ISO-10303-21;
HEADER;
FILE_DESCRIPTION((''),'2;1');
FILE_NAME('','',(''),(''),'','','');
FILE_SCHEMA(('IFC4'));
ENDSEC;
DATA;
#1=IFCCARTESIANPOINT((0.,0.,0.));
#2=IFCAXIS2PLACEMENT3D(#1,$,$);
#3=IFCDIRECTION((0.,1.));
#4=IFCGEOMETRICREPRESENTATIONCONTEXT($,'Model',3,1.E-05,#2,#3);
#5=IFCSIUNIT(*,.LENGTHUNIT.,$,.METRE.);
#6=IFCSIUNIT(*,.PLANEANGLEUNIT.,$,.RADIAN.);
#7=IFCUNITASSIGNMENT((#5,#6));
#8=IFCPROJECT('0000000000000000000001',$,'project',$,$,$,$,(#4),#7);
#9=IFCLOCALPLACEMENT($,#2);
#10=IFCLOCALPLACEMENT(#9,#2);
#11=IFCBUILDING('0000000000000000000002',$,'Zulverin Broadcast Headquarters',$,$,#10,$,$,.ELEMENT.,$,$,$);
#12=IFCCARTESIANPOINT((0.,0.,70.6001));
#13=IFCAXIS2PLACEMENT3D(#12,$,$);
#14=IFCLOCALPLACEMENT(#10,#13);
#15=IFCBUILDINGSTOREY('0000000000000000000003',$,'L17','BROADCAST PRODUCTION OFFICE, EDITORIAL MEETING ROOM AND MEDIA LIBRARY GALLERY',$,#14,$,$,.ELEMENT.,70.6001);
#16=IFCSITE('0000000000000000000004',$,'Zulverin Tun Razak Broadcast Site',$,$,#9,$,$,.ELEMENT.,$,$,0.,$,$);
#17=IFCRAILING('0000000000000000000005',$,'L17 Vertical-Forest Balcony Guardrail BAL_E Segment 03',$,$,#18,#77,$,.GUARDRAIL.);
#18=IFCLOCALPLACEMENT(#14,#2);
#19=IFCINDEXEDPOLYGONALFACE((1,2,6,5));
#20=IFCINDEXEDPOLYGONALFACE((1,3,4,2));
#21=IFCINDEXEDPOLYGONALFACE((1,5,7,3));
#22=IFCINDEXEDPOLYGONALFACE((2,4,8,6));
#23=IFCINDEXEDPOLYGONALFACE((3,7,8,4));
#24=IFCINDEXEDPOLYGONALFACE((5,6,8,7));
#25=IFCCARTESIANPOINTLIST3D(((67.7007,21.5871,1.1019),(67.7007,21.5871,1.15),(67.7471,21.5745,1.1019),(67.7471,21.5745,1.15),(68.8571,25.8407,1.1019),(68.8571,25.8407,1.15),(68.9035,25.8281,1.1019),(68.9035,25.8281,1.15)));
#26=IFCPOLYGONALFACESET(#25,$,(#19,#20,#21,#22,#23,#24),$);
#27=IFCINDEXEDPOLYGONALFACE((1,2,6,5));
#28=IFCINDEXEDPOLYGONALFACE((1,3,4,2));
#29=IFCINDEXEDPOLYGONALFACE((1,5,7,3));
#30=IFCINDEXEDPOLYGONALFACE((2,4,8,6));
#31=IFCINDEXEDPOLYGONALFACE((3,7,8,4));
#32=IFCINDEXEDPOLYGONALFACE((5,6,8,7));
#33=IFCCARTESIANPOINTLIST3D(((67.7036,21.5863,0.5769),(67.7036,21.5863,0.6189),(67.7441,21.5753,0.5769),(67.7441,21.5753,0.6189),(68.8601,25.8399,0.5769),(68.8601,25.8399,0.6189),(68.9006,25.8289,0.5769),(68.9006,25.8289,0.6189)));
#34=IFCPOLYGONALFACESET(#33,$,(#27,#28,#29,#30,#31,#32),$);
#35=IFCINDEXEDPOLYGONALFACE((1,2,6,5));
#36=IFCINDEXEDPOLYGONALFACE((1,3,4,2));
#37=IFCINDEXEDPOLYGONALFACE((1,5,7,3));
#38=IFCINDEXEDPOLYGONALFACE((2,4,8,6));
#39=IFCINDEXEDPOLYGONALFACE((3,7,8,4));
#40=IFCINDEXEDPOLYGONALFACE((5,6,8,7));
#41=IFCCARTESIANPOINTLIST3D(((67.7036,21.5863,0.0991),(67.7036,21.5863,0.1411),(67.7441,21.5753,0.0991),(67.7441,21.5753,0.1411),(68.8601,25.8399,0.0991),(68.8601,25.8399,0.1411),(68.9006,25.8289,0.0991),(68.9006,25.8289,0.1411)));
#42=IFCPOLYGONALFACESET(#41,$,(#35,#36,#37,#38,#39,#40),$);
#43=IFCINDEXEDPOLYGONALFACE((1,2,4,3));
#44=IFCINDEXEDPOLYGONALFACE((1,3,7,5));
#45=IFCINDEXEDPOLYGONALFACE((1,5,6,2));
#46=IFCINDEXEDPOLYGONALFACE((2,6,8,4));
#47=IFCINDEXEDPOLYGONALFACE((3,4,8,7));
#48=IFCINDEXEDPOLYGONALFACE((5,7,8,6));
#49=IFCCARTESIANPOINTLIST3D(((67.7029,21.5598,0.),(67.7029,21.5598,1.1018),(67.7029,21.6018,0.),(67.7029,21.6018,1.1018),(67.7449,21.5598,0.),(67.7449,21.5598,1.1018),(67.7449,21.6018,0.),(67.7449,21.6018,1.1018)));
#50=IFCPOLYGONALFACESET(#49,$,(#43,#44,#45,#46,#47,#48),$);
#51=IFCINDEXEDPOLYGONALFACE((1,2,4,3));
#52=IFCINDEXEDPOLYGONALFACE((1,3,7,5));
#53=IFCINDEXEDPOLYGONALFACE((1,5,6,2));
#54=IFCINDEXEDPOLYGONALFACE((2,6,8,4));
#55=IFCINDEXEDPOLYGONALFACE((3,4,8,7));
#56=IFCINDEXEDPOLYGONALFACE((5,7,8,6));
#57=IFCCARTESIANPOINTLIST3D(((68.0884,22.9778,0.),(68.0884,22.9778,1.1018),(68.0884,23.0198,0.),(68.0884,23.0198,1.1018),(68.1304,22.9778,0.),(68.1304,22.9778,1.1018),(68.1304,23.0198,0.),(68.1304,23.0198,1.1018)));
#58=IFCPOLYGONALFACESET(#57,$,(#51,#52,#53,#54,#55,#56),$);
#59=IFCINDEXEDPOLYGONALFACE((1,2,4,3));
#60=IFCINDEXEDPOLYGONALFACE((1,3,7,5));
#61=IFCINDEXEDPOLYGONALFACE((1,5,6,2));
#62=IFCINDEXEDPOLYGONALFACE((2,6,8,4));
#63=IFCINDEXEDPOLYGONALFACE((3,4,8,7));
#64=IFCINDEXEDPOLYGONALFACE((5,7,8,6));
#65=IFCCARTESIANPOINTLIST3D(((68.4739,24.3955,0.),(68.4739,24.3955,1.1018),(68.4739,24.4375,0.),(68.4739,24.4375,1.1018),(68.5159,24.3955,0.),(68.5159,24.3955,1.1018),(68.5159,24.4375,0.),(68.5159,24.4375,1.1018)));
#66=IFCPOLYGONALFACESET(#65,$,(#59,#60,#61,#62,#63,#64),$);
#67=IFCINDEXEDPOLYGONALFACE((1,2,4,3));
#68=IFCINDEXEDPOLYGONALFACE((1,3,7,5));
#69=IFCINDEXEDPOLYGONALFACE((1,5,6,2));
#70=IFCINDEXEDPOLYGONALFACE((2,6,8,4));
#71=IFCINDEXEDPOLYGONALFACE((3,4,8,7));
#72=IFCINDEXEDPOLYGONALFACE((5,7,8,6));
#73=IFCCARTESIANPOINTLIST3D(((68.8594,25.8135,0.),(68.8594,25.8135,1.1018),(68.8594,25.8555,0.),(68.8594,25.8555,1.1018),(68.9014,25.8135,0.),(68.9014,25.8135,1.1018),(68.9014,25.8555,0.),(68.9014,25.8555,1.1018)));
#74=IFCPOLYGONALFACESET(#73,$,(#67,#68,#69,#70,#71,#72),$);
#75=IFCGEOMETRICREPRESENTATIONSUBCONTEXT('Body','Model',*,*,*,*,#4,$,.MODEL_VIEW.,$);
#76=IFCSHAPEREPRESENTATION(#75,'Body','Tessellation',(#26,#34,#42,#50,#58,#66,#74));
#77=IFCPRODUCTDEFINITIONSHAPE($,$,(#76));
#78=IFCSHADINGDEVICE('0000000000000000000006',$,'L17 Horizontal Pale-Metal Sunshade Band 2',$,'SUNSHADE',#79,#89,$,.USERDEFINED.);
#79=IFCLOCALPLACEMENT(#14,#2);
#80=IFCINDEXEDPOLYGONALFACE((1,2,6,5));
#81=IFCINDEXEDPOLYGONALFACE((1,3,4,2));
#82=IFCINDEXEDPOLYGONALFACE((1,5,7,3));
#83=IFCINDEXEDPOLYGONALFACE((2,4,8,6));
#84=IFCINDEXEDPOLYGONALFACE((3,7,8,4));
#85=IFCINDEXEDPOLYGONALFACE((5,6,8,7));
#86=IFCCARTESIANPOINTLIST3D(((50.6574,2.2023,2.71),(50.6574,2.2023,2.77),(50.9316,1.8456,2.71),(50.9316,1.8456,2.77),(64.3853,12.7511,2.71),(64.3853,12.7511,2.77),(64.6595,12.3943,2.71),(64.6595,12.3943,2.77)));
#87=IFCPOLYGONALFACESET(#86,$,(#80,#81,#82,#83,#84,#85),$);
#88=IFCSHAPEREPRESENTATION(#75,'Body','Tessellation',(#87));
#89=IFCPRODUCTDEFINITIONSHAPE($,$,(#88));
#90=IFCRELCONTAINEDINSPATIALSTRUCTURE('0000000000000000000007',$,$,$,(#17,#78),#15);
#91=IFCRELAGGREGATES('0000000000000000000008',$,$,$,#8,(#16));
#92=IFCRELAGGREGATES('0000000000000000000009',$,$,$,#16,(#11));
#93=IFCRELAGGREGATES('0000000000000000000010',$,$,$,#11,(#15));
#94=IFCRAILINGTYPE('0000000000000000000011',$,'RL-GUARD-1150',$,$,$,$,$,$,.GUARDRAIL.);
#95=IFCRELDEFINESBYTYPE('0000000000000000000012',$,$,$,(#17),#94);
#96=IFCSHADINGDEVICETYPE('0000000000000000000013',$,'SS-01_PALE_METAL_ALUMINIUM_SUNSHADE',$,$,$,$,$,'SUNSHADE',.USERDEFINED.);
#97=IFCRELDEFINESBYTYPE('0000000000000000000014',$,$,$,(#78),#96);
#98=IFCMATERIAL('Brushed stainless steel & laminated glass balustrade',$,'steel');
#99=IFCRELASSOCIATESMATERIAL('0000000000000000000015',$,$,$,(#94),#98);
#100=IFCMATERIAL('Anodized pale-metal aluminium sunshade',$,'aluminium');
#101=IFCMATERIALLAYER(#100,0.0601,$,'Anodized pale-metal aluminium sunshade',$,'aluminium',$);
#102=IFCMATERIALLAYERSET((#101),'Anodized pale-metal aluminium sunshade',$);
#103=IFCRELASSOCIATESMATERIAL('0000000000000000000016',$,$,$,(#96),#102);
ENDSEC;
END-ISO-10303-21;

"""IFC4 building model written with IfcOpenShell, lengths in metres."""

from ifc_helpers import new_model, si_unit, direction, frame, origin, origin_2d, place, context, subcontext, project, spatial, rectangle, extrude, material, layer, layer_set, type_object, element, save


model = new_model("IFC4")

# Units and contexts
model_context = context("Model", 3, precision=1e-05, world=origin(), true_north=direction((0.0, 1.0)))
body_context = subcontext(model_context, "Body", "Model", "MODEL_VIEW")
ifc_project = project(units=[si_unit("LENGTHUNIT", "METRE"), si_unit("PLANEANGLEUNIT", "RADIAN")], contexts=[model_context])

# Site, building, storey
site_placement = place(None, origin())
site = spatial("IfcSite", under=ifc_project, at=site_placement, Name="Zulverin Tun Razak Broadcast Site", CompositionType="ELEMENT", RefElevation=0.0)
building_placement = place(site_placement, origin())
building = spatial("IfcBuilding", under=site, at=building_placement, Name="Zulverin Broadcast Headquarters", CompositionType="ELEMENT")
storey_placement = place(building_placement, frame((0.0, 0.0, 70.6001)))
storey = spatial("IfcBuildingStorey", under=building, at=storey_placement, Name="L17", Description="BROADCAST PRODUCTION OFFICE, EDITORIAL MEETING ROOM AND MEDIA LIBRARY GALLERY", CompositionType="ELEMENT", Elevation=70.6001)

# Railing
ifc_material_1 = material(Name="Brushed stainless steel & laminated glass balustrade", Category="steel")
railing_type = type_object("IfcRailingType", Name="RL-GUARD-1150", PredefinedType="GUARDRAIL", material=ifc_material_1)
railing_1_placement = place(storey_placement, frame((67.7239, 21.5808, 0.0)))
element("IfcRailing", 1, at=railing_1_placement, inside=storey, type_object=railing_type, Name="L17 Vertical-Forest Balcony Guardrail BAL_E Segment 03", PredefinedType="GUARDRAIL", context=body_context, shape_type="SweptSolid", body=[
    extrude(rectangle(XDim=0.0481, YDim=0.0481, at=origin_2d()), frame((0.0, 0.0, 1.126), z_axis=(0.262358, 0.964971, 0.0), x_axis=(-0.964971, 0.262358, 0.0)), (0.0, 0.0, 1.0), 4.408),
    extrude(rectangle(XDim=0.042, YDim=0.042, at=origin_2d()), frame((0.0, 0.0, 0.5979), z_axis=(0.262358, 0.964971, 0.0), x_axis=(-0.964971, 0.262358, 0.0)), (0.0, 0.0, 1.0), 4.408),
    extrude(rectangle(XDim=0.042, YDim=0.042, at=origin_2d()), frame((0.0, 0.0, 0.1201), z_axis=(0.262358, 0.964971, 0.0), x_axis=(-0.964971, 0.262358, 0.0)), (0.0, 0.0, 1.0), 4.408),
    extrude(rectangle(XDim=0.042, YDim=0.042, at=origin_2d()), origin(), (0.0, 0.0, 1.0), 1.1018),
    extrude(rectangle(XDim=0.042, YDim=0.042, at=origin_2d()), frame((0.3855, 1.418, 0.0)), (0.0, 0.0, 1.0), 1.1018),
    extrude(rectangle(XDim=0.042, YDim=0.042, at=origin_2d()), frame((0.771, 2.8357, 0.0)), (0.0, 0.0, 1.0), 1.1018),
    extrude(rectangle(XDim=0.042, YDim=0.042, at=origin_2d()), frame((1.1565, 4.2537, 0.0)), (0.0, 0.0, 1.0), 1.1018),
])

# Shading device
ifc_material_2 = material(Name="Anodized pale-metal aluminium sunshade", Category="aluminium")
ifc_layer_1 = layer(ifc_material_2, 0.0601, Name="Anodized pale-metal aluminium sunshade", Category="aluminium")
ifc_layer_set_1 = layer_set([ifc_layer_1], Name="Anodized pale-metal aluminium sunshade")
shading_device_type = type_object("IfcShadingDeviceType", Name="SS-01_PALE_METAL_ALUMINIUM_SUNSHADE", ElementType="SUNSHADE", PredefinedType="USERDEFINED", material=ifc_layer_set_1)
shading_device_placement = place(storey_placement, frame((57.6584, 7.2983, 2.71), z_axis=(0.0, 0.0, 1.0), x_axis=(0.792933, 0.609308, 0.0)))
element("IfcShadingDevice", 2, at=shading_device_placement, inside=storey, type_object=shading_device_type, Name="L17 Horizontal Pale-Metal Sunshade Band 2", ObjectType="SUNSHADE", PredefinedType="USERDEFINED", context=body_context, shape_type="SweptSolid", body=[
    extrude(rectangle(XDim=17.3127, YDim=0.45, at=origin_2d()), origin(), (0.0, 0.0, 1.0), 0.0601),
])

save(model, "model.ifc")
